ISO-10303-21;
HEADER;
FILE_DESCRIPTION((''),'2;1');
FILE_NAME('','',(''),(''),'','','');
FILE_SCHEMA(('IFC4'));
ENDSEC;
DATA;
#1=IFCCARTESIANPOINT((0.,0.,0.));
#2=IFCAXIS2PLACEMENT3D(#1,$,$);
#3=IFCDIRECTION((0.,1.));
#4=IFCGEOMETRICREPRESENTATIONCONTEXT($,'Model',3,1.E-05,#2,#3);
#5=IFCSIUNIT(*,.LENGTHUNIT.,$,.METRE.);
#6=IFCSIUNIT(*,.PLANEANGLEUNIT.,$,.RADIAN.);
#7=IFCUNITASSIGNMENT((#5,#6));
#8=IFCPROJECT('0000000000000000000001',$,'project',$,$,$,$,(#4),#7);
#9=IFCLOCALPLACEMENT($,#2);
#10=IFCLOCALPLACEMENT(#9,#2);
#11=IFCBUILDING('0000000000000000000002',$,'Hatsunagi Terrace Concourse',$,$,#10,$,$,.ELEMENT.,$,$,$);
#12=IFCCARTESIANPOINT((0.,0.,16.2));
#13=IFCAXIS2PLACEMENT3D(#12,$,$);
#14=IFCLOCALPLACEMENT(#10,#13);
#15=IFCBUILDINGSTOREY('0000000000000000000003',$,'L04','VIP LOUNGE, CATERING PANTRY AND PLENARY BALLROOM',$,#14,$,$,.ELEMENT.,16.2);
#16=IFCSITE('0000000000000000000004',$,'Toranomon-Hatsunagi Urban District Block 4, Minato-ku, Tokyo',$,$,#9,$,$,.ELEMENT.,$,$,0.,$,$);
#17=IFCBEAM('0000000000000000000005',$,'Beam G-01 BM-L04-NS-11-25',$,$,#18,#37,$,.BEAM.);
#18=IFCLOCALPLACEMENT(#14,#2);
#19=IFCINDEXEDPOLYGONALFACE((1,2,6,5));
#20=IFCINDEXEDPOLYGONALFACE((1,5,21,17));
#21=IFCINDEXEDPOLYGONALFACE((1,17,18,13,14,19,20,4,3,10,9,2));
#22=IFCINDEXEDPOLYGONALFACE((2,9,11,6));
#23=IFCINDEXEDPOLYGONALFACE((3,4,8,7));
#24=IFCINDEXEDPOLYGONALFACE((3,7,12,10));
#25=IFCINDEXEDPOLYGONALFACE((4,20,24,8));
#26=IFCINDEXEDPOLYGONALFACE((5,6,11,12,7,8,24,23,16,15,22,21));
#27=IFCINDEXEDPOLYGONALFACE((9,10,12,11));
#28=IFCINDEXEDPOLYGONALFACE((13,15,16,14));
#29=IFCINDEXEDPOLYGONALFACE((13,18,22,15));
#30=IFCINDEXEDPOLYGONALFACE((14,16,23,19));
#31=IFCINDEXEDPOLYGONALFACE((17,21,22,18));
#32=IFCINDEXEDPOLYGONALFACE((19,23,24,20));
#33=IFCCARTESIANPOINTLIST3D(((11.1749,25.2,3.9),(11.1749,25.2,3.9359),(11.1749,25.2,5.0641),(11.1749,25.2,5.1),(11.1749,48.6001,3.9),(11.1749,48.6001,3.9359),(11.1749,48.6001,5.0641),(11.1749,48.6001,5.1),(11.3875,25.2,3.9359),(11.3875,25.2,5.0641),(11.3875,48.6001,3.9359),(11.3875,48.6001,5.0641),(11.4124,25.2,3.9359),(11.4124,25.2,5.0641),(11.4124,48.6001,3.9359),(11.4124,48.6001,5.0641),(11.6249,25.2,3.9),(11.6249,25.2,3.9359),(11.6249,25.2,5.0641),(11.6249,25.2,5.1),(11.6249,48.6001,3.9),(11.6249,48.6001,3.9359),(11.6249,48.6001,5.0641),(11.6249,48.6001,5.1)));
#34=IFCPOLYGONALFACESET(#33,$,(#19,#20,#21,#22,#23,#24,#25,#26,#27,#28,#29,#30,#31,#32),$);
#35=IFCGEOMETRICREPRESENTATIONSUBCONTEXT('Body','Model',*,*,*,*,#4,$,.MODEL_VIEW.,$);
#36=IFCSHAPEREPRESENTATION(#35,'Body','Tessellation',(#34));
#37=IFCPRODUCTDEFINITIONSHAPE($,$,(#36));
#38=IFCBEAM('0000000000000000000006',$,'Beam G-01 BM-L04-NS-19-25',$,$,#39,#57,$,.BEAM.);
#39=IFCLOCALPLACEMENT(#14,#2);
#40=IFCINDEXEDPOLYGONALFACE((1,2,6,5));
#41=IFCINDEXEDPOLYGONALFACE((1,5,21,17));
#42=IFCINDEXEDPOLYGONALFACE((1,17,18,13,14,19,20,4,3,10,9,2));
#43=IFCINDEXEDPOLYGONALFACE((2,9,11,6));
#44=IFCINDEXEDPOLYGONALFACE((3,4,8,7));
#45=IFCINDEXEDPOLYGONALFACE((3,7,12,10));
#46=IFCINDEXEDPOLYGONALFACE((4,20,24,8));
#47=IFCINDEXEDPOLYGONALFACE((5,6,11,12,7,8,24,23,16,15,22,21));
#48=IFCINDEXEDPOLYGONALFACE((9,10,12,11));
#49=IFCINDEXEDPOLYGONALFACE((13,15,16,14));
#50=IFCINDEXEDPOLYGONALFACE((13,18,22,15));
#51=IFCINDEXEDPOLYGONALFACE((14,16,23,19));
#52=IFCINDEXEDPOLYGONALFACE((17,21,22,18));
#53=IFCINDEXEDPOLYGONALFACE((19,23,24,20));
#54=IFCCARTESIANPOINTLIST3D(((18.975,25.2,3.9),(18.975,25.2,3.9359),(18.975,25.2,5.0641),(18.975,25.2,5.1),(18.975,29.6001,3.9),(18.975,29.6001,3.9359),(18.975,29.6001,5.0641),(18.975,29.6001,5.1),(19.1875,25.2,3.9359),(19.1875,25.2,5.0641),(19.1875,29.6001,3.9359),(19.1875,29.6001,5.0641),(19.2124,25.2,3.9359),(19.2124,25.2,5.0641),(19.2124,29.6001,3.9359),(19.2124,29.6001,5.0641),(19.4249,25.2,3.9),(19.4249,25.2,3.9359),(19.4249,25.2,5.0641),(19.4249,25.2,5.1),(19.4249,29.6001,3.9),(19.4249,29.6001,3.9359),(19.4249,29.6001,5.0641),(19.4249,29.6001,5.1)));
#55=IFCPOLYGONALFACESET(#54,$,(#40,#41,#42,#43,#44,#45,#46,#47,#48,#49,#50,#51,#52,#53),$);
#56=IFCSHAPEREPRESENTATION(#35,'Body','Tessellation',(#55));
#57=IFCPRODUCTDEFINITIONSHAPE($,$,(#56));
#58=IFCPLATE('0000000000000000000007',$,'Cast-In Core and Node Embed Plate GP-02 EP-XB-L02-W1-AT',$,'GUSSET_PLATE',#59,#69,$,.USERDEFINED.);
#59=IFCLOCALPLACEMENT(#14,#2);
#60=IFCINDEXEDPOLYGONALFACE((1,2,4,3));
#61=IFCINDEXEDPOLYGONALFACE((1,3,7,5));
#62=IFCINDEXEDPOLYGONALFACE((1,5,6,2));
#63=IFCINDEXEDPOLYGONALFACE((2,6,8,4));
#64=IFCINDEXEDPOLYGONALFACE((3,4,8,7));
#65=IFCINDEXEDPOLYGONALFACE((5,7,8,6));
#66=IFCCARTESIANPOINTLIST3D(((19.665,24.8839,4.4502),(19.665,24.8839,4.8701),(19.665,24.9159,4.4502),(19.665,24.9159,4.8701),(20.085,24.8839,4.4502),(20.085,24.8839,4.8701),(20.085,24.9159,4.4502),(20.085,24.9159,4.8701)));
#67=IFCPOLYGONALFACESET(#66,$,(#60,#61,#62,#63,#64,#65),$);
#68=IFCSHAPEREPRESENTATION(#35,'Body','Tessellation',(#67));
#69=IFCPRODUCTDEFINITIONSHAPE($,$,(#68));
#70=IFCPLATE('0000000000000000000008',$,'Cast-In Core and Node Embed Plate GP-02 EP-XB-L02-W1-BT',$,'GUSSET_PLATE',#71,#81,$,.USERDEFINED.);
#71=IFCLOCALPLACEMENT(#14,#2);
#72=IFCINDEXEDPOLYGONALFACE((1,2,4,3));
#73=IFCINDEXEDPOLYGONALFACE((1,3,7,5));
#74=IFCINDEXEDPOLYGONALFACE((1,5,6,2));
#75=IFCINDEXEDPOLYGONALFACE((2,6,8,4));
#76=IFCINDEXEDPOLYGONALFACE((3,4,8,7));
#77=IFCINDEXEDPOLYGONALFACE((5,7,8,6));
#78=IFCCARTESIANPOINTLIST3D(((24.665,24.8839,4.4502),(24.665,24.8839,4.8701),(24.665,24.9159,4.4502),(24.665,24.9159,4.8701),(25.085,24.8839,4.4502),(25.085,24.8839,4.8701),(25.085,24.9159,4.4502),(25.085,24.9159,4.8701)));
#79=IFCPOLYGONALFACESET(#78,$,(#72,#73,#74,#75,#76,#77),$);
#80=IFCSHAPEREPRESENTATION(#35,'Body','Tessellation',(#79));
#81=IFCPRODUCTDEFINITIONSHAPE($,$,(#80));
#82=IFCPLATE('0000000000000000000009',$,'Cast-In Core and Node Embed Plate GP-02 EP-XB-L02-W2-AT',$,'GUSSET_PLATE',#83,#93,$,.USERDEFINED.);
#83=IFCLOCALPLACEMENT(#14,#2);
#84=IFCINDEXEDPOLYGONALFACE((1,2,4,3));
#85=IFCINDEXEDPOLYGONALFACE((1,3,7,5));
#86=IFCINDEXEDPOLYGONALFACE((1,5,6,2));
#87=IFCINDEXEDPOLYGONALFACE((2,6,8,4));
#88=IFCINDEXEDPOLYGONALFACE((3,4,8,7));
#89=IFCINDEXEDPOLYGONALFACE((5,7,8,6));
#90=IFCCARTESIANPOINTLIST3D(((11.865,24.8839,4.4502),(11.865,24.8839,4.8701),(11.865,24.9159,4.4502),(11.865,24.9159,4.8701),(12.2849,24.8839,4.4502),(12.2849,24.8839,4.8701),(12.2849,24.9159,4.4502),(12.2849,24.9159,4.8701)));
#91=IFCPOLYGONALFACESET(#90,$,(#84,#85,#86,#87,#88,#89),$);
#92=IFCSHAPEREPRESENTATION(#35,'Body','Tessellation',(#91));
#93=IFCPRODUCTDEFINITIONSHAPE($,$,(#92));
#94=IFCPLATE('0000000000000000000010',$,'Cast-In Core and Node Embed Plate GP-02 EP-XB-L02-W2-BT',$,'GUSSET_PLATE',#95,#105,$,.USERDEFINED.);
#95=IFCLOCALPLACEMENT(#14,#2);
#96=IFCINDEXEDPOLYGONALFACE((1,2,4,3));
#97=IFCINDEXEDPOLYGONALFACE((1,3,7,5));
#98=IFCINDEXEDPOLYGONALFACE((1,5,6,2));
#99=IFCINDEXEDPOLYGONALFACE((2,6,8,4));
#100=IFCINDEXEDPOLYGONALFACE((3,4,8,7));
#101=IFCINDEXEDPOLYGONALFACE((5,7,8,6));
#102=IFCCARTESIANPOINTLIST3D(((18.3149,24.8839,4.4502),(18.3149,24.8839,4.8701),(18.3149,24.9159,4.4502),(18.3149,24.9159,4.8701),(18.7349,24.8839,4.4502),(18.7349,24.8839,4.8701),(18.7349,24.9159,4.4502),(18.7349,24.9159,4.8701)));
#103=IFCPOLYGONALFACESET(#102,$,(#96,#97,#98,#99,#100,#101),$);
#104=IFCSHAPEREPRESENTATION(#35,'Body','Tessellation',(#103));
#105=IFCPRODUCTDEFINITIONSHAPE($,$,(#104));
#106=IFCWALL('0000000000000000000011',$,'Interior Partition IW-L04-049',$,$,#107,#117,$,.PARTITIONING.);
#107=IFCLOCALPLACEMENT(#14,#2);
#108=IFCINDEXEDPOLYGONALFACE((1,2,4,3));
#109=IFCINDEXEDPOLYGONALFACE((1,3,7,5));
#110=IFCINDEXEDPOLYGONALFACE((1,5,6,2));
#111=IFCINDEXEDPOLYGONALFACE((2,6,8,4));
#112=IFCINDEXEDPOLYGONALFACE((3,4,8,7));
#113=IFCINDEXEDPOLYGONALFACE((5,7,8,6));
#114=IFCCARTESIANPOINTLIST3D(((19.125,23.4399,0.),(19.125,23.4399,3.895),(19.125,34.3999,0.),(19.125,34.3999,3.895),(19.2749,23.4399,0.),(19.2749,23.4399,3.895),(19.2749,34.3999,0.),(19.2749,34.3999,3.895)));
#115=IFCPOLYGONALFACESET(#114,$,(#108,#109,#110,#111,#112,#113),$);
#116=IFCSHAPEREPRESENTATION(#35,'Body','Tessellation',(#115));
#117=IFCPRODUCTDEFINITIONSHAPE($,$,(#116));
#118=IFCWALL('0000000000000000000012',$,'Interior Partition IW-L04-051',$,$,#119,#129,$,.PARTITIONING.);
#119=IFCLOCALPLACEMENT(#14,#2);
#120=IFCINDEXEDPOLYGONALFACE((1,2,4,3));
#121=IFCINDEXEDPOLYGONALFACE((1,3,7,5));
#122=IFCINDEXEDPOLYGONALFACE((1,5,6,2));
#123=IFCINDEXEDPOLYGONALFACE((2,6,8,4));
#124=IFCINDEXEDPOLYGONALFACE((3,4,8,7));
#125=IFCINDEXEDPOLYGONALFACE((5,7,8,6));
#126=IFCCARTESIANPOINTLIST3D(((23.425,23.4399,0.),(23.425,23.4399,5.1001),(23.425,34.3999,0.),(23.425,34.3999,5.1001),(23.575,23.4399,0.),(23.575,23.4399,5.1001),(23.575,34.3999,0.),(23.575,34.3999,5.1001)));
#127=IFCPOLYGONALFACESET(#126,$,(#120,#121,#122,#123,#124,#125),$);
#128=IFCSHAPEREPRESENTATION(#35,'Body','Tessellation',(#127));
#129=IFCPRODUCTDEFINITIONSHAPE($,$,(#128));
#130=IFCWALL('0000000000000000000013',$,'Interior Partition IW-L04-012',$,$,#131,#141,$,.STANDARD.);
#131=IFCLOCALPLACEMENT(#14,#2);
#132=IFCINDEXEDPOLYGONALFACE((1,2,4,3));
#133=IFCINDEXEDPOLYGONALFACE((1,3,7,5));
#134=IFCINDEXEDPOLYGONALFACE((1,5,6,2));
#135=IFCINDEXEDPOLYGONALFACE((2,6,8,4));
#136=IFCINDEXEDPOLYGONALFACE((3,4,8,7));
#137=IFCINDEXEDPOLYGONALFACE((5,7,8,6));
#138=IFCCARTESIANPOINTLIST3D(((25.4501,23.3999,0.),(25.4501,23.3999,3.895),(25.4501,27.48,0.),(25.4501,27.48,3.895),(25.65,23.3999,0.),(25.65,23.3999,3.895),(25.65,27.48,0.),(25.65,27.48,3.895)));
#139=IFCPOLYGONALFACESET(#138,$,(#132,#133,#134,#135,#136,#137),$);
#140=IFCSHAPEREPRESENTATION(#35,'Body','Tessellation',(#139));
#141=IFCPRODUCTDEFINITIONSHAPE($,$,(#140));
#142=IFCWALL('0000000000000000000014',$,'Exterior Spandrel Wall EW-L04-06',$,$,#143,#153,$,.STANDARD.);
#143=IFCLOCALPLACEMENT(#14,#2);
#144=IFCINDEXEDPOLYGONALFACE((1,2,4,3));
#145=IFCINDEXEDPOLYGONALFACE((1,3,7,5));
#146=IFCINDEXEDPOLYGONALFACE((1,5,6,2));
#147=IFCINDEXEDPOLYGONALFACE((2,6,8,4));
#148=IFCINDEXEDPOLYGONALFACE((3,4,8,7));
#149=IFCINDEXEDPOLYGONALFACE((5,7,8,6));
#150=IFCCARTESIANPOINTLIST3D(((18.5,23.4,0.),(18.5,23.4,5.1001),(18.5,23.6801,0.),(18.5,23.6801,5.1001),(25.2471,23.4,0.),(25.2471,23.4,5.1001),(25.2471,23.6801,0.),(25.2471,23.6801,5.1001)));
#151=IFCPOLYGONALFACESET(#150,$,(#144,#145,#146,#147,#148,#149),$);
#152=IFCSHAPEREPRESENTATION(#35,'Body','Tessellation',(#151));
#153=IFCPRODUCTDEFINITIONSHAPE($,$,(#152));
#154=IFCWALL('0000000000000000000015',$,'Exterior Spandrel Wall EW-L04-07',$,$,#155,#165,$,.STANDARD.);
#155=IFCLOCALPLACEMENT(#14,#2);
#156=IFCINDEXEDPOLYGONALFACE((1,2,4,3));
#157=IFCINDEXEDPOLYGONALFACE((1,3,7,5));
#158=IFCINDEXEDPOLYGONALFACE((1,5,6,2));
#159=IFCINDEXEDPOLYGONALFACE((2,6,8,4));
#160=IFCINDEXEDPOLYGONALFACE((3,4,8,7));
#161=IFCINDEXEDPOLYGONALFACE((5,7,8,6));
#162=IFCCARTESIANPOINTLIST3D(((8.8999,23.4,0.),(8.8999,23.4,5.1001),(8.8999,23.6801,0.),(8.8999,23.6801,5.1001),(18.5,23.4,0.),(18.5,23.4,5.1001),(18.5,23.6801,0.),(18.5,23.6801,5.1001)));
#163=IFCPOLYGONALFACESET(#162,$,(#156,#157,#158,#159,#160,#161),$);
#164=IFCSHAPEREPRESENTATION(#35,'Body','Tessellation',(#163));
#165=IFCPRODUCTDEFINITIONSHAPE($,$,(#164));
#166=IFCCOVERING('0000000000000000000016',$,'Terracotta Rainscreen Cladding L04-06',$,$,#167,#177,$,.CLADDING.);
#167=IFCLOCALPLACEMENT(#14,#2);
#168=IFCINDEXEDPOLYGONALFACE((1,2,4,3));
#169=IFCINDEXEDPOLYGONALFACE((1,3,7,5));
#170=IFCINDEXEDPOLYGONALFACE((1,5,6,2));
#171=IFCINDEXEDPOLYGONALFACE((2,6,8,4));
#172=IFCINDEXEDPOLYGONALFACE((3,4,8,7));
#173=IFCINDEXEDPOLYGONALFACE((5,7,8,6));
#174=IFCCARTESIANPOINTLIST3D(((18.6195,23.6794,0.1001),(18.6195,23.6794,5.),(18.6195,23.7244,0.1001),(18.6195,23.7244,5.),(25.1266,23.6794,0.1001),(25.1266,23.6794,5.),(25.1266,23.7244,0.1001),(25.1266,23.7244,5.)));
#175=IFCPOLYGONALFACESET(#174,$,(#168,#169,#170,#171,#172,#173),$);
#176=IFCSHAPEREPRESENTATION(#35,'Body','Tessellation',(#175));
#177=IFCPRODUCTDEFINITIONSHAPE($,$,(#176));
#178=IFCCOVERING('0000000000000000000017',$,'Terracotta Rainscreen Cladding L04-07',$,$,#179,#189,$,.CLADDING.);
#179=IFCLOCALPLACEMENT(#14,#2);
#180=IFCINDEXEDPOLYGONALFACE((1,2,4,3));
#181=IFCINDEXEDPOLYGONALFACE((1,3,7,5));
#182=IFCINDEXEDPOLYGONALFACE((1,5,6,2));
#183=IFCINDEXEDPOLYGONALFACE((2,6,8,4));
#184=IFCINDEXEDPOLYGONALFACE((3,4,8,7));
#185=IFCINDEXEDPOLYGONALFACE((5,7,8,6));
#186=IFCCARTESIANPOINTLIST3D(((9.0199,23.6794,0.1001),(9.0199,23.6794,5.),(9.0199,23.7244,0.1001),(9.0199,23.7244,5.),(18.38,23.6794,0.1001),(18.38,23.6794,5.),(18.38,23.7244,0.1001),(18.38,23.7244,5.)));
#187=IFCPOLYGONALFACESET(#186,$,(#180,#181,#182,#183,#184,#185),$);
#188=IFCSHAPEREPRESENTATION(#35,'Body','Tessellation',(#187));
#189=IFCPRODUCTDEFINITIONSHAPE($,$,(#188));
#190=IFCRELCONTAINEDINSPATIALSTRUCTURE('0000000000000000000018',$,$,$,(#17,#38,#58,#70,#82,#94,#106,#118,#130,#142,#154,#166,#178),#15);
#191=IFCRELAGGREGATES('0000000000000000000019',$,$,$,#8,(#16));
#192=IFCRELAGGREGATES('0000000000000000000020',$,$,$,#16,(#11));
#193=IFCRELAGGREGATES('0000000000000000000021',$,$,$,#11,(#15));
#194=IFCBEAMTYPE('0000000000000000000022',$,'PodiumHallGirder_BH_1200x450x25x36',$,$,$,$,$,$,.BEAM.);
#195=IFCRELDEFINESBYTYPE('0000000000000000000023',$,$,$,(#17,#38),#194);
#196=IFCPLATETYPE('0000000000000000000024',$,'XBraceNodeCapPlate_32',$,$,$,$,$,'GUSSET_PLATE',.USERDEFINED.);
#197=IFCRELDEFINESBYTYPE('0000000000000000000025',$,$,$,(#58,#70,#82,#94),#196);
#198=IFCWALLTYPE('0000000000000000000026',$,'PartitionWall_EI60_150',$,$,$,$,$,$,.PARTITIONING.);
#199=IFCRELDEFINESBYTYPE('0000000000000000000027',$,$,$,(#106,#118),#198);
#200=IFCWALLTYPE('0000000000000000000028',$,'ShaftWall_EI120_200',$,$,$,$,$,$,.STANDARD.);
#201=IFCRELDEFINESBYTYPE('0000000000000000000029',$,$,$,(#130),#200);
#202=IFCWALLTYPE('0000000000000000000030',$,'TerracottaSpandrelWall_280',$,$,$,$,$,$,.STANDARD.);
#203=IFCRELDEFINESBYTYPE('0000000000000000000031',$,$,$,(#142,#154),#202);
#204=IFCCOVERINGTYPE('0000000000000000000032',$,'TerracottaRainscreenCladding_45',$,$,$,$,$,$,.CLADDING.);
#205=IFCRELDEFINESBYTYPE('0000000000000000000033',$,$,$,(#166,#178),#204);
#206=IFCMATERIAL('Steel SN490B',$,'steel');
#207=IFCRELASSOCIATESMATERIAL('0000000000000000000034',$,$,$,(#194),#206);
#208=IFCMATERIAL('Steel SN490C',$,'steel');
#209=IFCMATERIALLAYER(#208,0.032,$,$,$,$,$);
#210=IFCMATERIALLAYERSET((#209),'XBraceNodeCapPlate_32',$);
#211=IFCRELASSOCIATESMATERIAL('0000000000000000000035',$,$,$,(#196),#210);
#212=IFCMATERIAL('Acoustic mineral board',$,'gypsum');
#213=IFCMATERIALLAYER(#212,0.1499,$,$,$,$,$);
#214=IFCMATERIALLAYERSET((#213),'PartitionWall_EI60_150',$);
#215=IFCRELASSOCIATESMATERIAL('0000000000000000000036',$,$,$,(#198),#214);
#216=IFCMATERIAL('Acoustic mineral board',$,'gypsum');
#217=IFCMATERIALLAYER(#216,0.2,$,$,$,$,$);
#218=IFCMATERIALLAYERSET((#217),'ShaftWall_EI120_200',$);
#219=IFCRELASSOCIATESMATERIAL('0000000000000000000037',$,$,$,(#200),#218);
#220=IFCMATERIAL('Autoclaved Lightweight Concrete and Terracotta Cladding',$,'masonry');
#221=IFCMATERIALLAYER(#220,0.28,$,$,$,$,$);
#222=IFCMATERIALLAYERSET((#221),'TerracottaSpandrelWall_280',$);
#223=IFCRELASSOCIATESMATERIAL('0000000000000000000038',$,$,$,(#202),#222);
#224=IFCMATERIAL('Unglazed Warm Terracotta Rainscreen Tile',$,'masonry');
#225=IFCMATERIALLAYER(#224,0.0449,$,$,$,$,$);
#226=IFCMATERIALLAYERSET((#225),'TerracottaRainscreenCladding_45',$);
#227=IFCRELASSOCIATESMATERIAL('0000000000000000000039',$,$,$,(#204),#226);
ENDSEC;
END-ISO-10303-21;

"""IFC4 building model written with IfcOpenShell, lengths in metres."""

from ifc_helpers import new_model, si_unit, direction, frame, frame_2d, origin, origin_2d, place, context, subcontext, project, spatial, rectangle, i_section, extrude, material, layer, layer_set, material_profile, profile_set, type_object, element, save


model = new_model("IFC4")

# Units and contexts
model_context = context("Model", 3, precision=1e-05, world=origin(), true_north=direction((0.0, 1.0)))
body_context = subcontext(model_context, "Body", "Model", "MODEL_VIEW")
ifc_project = project(units=[si_unit("LENGTHUNIT", "METRE"), si_unit("PLANEANGLEUNIT", "RADIAN")], contexts=[model_context])

# Site, building, storey
site_placement = place(None, origin())
site = spatial("IfcSite", under=ifc_project, at=site_placement, Name="Toranomon-Hatsunagi Urban District Block 4, Minato-ku, Tokyo", CompositionType="ELEMENT", RefElevation=0.0)
building_placement = place(site_placement, origin())
building = spatial("IfcBuilding", under=site, at=building_placement, Name="Hatsunagi Terrace Concourse", CompositionType="ELEMENT")
storey_placement = place(building_placement, frame((0.0, 0.0, 16.2)))
storey = spatial("IfcBuildingStorey", under=building, at=storey_placement, Name="L04", Description="VIP LOUNGE, CATERING PANTRY AND PLENARY BALLROOM", CompositionType="ELEMENT", Elevation=16.2)

# Beams
ifc_material_1 = material(Name="Steel SN490B", Category="steel")
ifc_material_profile_1 = material_profile(ifc_material_1, i_section(OverallWidth=0.45, OverallDepth=1.2, WebThickness=0.0249, FlangeThickness=0.0359, at=origin_2d()), Name="BH-1200x450x25x36")
ifc_profile_set_1 = profile_set([ifc_material_profile_1], Name="Steel SN490B")
beam_type_1 = type_object("IfcBeamType", Name="PodiumHallGirder_BH_1200x450x25x36", PredefinedType="BEAM", material=ifc_profile_set_1)
beam_1_placement = place(storey_placement, frame((11.3999, 25.2, 4.5), z_axis=(0.0, 1.0, 0.0), x_axis=(-1.0, 0.0, 0.0)))
element("IfcBeam", 1, at=beam_1_placement, inside=storey, type_object=beam_type_1, Name="Beam G-01 BM-L04-NS-11-25", PredefinedType="BEAM", context=body_context, shape_type="SweptSolid", body=[
    extrude(i_section(OverallWidth=0.45, OverallDepth=1.2, WebThickness=0.0249, FlangeThickness=0.0359, at=origin_2d()), origin(), (0.0, 0.0, 1.0), 23.4001),
])
beam_2_placement = place(storey_placement, frame((19.2, 25.2, 4.5), z_axis=(0.0, 1.0, 0.0), x_axis=(-1.0, 0.0, 0.0)))
element("IfcBeam", 2, at=beam_2_placement, inside=storey, type_object=beam_type_1, Name="Beam G-01 BM-L04-NS-19-25", PredefinedType="BEAM", context=body_context, shape_type="SweptSolid", body=[
    extrude(i_section(OverallWidth=0.45, OverallDepth=1.2, WebThickness=0.0249, FlangeThickness=0.0359, at=origin_2d()), origin(), (0.0, 0.0, 1.0), 4.4001),
])

# Plates
ifc_material_2 = material(Name="Steel SN490C", Category="steel")
ifc_layer_1 = layer(ifc_material_2, 0.032)
ifc_layer_set_1 = layer_set([ifc_layer_1], Name="XBraceNodeCapPlate_32")
plate_type = type_object("IfcPlateType", Name="XBraceNodeCapPlate_32", ElementType="GUSSET_PLATE", PredefinedType="USERDEFINED", material=ifc_layer_set_1)
for number, where, z_axis, x_axis, name in (
    (3, (19.875, 24.8999, 4.4502), (0.0, 0.0, 1.0), (1.0, 0.0, 0.0), "Cast-In Core and Node Embed Plate GP-02 EP-XB-L02-W1-AT"),
    (4, (24.875, 24.8999, 4.4502), (0.0, 0.0, 1.0), (1.0, 0.0, 0.0), "Cast-In Core and Node Embed Plate GP-02 EP-XB-L02-W1-BT"),
    (5, (12.075, 24.8999, 4.4502), (0.0, 0.0, 1.0), (1.0, 0.0, 0.0), "Cast-In Core and Node Embed Plate GP-02 EP-XB-L02-W2-AT"),
    (6, (18.5249, 24.8999, 4.4502), (0.0, 0.0, 1.0), (1.0, 0.0, 0.0), "Cast-In Core and Node Embed Plate GP-02 EP-XB-L02-W2-BT"),
):
    element("IfcPlate", number, at=place(storey_placement, frame(where, z_axis=z_axis, x_axis=x_axis)), inside=storey, type_object=plate_type, Name=name, ObjectType="GUSSET_PLATE", PredefinedType="USERDEFINED", context=body_context, shape_type="SweptSolid", body=[
        extrude(rectangle(XDim=0.4199, YDim=0.032, at=origin_2d()), origin(), (0.0, 0.0, 1.0), 0.4199),
    ])

# Walls
ifc_material_3 = material(Name="Acoustic mineral board", Category="gypsum")
ifc_layer_2 = layer(ifc_material_3, 0.1499)
ifc_layer_set_2 = layer_set([ifc_layer_2], Name="PartitionWall_EI60_150")
wall_type_1 = type_object("IfcWallType", Name="PartitionWall_EI60_150", PredefinedType="PARTITIONING", material=ifc_layer_set_2)
wall_1_placement = place(storey_placement, frame((19.2, 23.4399, 0.0), z_axis=(0.0, 0.0, 1.0), x_axis=(0.0, 1.0, 0.0)))
element("IfcWall", 7, at=wall_1_placement, inside=storey, type_object=wall_type_1, Name="Interior Partition IW-L04-049", PredefinedType="PARTITIONING", context=body_context, shape_type="SweptSolid", body=[
    extrude(rectangle(XDim=10.96, YDim=0.1499, at=frame_2d((5.48, 0.0))), origin(), (0.0, 0.0, 1.0), 3.895),
])
wall_2_placement = place(storey_placement, frame((23.5, 23.4399, 0.0), z_axis=(0.0, 0.0, 1.0), x_axis=(0.0, 1.0, 0.0)))
element("IfcWall", 8, at=wall_2_placement, inside=storey, type_object=wall_type_1, Name="Interior Partition IW-L04-051", PredefinedType="PARTITIONING", context=body_context, shape_type="SweptSolid", body=[
    extrude(rectangle(XDim=10.96, YDim=0.1499, at=frame_2d((5.48, 0.0))), origin(), (0.0, 0.0, 1.0), 5.1001),
])
ifc_material_4 = material(Name="Acoustic mineral board", Category="gypsum")
ifc_layer_3 = layer(ifc_material_4, 0.2)
ifc_layer_set_3 = layer_set([ifc_layer_3], Name="ShaftWall_EI120_200")
wall_type_2 = type_object("IfcWallType", Name="ShaftWall_EI120_200", PredefinedType="STANDARD", material=ifc_layer_set_3)
wall_3_placement = place(storey_placement, frame((25.55, 23.3999, 0.0), z_axis=(0.0, 0.0, 1.0), x_axis=(0.0, 1.0, 0.0)))
element("IfcWall", 9, at=wall_3_placement, inside=storey, type_object=wall_type_2, Name="Interior Partition IW-L04-012", PredefinedType="STANDARD", context=body_context, shape_type="SweptSolid", body=[
    extrude(rectangle(XDim=4.0801, YDim=0.2, at=frame_2d((2.04, 0.0))), origin(), (0.0, 0.0, 1.0), 3.895),
])
ifc_material_5 = material(Name="Autoclaved Lightweight Concrete and Terracotta Cladding", Category="masonry")
ifc_layer_4 = layer(ifc_material_5, 0.28)
ifc_layer_set_4 = layer_set([ifc_layer_4], Name="TerracottaSpandrelWall_280")
wall_type_3 = type_object("IfcWallType", Name="TerracottaSpandrelWall_280", PredefinedType="STANDARD", material=ifc_layer_set_4)
wall_4_placement = place(storey_placement, frame((25.2471, 23.54, 0.0), z_axis=(0.0, 0.0, 1.0), x_axis=(-1.0, 0.0, 0.0)))
element("IfcWall", 10, at=wall_4_placement, inside=storey, type_object=wall_type_3, Name="Exterior Spandrel Wall EW-L04-06", PredefinedType="STANDARD", context=body_context, shape_type="SweptSolid", body=[
    extrude(rectangle(XDim=6.7471, YDim=0.28, at=frame_2d((3.3735, 0.0))), origin(), (0.0, 0.0, 1.0), 5.1001),
])
wall_5_placement = place(storey_placement, frame((18.5, 23.54, 0.0), z_axis=(0.0, 0.0, 1.0), x_axis=(-1.0, 0.0, 0.0)))
element("IfcWall", 11, at=wall_5_placement, inside=storey, type_object=wall_type_3, Name="Exterior Spandrel Wall EW-L04-07", PredefinedType="STANDARD", context=body_context, shape_type="SweptSolid", body=[
    extrude(rectangle(XDim=9.6001, YDim=0.28, at=frame_2d((4.8, 0.0))), origin(), (0.0, 0.0, 1.0), 5.1001),
])

# Coverings
ifc_material_6 = material(Name="Unglazed Warm Terracotta Rainscreen Tile", Category="masonry")
ifc_layer_5 = layer(ifc_material_6, 0.0449)
ifc_layer_set_5 = layer_set([ifc_layer_5], Name="TerracottaRainscreenCladding_45")
covering_type = type_object("IfcCoveringType", Name="TerracottaRainscreenCladding_45", PredefinedType="CLADDING", material=ifc_layer_set_5)
covering_1_placement = place(storey_placement, frame((21.873, 23.7019, 0.1001), z_axis=(0.0, 0.0, 1.0), x_axis=(-1.0, 0.0, 0.0)))
element("IfcCovering", 12, at=covering_1_placement, inside=storey, type_object=covering_type, Name="Terracotta Rainscreen Cladding L04-06", PredefinedType="CLADDING", context=body_context, shape_type="SweptSolid", body=[
    extrude(rectangle(XDim=6.5071, YDim=0.0449, at=origin_2d()), origin(), (0.0, 0.0, 1.0), 4.8999),
])
covering_2_placement = place(storey_placement, frame((13.7, 23.7019, 0.1001), z_axis=(0.0, 0.0, 1.0), x_axis=(-1.0, 0.0, 0.0)))
element("IfcCovering", 13, at=covering_2_placement, inside=storey, type_object=covering_type, Name="Terracotta Rainscreen Cladding L04-07", PredefinedType="CLADDING", context=body_context, shape_type="SweptSolid", body=[
    extrude(rectangle(XDim=9.3601, YDim=0.0449, at=origin_2d()), origin(), (0.0, 0.0, 1.0), 4.8999),
])

save(model, "model.ifc")
